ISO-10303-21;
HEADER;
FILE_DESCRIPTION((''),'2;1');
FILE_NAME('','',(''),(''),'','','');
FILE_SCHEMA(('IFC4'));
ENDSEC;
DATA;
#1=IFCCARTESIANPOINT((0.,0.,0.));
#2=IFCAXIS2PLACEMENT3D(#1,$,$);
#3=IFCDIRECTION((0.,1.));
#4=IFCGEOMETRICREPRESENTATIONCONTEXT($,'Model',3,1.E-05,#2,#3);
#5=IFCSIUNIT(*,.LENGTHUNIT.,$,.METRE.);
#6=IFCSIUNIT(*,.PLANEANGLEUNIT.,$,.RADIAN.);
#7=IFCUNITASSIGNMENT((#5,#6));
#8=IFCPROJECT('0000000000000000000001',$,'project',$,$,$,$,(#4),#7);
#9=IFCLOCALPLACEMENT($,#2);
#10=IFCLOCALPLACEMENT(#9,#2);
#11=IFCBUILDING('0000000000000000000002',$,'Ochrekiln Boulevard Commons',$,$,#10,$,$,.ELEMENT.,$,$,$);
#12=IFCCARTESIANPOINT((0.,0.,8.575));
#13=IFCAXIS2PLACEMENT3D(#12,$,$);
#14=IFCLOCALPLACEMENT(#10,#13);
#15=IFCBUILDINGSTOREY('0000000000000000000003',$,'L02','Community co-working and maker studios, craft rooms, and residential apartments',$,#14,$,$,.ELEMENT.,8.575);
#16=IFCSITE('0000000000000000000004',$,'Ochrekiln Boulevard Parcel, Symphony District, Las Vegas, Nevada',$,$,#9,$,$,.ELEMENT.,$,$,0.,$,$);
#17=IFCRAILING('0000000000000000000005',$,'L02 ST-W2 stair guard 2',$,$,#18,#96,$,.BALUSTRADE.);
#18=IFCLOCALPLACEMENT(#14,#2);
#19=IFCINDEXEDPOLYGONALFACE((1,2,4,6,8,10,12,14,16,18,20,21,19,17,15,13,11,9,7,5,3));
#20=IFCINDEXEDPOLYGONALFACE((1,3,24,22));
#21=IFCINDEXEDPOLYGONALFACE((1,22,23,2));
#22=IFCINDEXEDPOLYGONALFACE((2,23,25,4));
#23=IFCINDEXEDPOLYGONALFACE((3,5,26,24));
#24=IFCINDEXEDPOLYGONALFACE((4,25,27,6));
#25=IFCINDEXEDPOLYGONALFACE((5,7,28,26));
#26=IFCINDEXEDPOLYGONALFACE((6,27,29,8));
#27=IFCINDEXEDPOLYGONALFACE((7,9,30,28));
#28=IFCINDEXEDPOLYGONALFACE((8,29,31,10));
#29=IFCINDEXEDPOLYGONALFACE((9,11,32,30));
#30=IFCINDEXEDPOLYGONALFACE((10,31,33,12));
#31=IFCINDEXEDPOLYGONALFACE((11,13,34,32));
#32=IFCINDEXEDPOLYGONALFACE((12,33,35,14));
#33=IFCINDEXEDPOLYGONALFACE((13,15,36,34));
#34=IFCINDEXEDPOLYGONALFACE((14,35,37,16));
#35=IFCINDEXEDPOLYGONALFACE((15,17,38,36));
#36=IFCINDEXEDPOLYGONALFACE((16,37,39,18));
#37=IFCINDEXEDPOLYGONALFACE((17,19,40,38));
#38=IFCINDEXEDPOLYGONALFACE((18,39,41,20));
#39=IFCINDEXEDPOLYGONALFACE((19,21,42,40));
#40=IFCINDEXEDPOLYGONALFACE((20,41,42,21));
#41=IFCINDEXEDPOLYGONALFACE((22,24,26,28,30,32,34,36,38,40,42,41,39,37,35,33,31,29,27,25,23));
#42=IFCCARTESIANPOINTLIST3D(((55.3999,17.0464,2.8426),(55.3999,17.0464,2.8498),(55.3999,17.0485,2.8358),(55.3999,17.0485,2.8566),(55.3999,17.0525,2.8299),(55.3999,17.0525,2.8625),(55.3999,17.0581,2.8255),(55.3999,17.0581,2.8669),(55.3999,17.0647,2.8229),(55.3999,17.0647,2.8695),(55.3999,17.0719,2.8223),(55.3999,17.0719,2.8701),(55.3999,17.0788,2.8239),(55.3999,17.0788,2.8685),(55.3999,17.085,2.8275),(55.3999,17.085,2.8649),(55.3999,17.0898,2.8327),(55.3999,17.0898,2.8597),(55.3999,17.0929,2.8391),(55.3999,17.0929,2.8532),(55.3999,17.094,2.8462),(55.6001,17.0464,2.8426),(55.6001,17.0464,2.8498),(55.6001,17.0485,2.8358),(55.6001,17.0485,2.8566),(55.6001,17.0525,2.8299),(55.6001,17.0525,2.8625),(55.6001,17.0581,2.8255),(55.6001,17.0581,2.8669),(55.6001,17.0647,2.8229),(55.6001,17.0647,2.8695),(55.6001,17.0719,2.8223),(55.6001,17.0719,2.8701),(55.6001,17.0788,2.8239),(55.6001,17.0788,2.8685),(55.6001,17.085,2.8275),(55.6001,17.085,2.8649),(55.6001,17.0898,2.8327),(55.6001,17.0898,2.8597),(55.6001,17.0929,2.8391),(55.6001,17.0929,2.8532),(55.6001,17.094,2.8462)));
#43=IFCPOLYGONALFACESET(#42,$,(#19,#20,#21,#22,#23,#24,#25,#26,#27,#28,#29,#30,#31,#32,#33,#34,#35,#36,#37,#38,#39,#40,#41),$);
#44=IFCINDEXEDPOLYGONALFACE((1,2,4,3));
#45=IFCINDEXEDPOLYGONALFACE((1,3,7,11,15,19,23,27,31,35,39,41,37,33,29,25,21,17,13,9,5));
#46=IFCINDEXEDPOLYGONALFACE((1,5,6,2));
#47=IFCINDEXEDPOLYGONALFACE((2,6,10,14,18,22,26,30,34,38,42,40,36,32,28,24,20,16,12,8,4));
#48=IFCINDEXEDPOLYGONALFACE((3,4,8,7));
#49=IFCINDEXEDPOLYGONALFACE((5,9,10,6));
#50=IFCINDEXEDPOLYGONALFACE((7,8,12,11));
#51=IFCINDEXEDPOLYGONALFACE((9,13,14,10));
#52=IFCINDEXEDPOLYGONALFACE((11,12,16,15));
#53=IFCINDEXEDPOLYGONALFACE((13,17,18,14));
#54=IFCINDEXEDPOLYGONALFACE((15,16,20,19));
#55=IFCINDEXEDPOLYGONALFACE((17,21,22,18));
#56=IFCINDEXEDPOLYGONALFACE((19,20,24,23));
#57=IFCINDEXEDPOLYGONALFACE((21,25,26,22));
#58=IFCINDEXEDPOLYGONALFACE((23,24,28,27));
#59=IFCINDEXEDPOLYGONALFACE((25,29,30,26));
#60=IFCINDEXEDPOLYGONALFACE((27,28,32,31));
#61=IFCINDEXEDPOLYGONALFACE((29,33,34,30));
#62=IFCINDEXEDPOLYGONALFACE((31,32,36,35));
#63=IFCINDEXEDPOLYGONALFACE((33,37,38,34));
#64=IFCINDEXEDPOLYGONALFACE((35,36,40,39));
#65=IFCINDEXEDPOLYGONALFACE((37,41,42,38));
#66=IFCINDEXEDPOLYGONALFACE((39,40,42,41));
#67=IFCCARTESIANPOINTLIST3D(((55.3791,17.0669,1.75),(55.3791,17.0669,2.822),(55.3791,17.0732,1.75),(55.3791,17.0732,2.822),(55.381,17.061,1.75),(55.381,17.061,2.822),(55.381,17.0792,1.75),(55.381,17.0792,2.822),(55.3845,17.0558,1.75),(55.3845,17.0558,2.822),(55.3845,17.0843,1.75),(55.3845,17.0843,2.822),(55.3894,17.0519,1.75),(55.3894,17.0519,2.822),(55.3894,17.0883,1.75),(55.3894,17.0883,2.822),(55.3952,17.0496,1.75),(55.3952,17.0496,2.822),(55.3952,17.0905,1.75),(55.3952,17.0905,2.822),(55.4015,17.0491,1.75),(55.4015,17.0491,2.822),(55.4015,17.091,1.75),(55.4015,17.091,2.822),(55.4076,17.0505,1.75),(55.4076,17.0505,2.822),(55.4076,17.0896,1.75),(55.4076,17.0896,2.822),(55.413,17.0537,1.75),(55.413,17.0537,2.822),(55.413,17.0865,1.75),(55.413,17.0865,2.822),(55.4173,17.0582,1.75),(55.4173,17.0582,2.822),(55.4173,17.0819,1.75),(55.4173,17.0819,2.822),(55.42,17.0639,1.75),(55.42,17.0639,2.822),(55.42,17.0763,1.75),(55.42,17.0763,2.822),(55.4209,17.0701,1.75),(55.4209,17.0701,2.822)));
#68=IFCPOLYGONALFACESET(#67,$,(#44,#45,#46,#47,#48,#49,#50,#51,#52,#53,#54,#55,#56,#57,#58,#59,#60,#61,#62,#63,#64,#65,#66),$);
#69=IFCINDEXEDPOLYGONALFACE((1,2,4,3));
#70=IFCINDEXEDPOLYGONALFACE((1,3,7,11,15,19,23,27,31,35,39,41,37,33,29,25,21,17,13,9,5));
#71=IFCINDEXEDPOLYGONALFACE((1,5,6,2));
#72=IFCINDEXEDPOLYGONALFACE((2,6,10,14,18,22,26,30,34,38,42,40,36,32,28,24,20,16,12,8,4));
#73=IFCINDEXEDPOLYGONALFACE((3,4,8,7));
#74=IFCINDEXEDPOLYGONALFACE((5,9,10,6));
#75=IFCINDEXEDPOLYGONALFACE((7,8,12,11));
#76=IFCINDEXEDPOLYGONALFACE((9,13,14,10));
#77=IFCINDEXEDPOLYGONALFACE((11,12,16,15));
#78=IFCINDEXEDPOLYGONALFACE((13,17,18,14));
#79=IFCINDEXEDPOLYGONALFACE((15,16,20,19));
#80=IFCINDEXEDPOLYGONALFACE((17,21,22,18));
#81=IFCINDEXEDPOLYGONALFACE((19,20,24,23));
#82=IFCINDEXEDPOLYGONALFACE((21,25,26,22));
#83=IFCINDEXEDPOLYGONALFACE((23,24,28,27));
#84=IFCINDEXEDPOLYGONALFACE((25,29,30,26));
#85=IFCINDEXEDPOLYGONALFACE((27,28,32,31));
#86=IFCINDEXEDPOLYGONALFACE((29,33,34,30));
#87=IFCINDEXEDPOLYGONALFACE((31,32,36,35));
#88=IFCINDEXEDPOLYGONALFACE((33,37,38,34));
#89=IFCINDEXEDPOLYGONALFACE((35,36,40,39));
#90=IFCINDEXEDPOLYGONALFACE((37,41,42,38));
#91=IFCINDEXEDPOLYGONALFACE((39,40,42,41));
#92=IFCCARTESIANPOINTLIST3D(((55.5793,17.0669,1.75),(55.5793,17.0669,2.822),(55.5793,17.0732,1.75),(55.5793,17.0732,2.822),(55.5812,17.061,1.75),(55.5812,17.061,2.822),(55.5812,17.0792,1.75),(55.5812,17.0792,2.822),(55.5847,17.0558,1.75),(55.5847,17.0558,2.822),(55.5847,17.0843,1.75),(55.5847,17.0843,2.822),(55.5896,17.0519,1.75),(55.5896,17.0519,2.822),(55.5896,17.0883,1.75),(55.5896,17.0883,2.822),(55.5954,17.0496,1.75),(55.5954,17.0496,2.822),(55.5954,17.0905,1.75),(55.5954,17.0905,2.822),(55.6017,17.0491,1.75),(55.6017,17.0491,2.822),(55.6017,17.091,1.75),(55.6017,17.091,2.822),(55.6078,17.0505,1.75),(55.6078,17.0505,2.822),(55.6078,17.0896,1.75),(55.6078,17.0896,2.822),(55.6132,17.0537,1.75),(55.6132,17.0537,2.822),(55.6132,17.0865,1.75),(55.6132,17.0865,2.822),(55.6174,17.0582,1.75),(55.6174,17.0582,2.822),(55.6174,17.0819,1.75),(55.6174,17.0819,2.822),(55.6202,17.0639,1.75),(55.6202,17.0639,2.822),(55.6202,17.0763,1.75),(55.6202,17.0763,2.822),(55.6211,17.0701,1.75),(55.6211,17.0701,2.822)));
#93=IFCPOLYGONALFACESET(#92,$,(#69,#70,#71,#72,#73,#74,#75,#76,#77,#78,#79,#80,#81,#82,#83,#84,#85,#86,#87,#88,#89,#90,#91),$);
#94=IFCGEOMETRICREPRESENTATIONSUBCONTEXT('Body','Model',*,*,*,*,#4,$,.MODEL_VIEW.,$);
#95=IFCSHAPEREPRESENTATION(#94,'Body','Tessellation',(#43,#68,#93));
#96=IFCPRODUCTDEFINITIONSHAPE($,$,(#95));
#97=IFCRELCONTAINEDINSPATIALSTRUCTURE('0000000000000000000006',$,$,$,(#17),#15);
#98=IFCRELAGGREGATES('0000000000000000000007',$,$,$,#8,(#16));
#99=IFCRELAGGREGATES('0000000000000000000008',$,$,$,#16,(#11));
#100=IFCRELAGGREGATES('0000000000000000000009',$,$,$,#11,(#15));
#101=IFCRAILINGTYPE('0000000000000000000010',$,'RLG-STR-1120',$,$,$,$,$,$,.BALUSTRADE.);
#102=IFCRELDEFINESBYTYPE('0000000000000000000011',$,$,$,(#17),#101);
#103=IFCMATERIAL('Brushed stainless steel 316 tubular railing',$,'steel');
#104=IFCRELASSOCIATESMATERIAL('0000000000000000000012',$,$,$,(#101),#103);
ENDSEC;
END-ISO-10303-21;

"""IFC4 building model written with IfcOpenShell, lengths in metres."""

from ifc_helpers import new_model, si_unit, direction, frame, origin, origin_2d, place, context, subcontext, project, spatial, circle, extrude, material, type_object, element, save


model = new_model("IFC4")

# Units and contexts
model_context = context("Model", 3, precision=1e-05, world=origin(), true_north=direction((0.0, 1.0)))
body_context = subcontext(model_context, "Body", "Model", "MODEL_VIEW")
ifc_project = project(units=[si_unit("LENGTHUNIT", "METRE"), si_unit("PLANEANGLEUNIT", "RADIAN")], contexts=[model_context])

# Site, building, storey
site_placement = place(None, origin())
site = spatial("IfcSite", under=ifc_project, at=site_placement, Name="Ochrekiln Boulevard Parcel, Symphony District, Las Vegas, Nevada", CompositionType="ELEMENT", RefElevation=0.0)
building_placement = place(site_placement, origin())
building = spatial("IfcBuilding", under=site, at=building_placement, Name="Ochrekiln Boulevard Commons", CompositionType="ELEMENT")
storey_placement = place(building_placement, frame((0.0, 0.0, 8.575)))
storey = spatial("IfcBuildingStorey", under=building, at=storey_placement, Name="L02", Description="Community co-working and maker studios, craft rooms, and residential apartments", CompositionType="ELEMENT", Elevation=8.575)

# Railing
ifc_material_1 = material(Name="Brushed stainless steel 316 tubular railing", Category="steel")
railing_type_1 = type_object("IfcRailingType", Name="RLG-STR-1120", PredefinedType="BALUSTRADE", material=ifc_material_1)
railing_1_placement = place(storey_placement, frame((55.3999, 17.0701, 1.75)))
element("IfcRailing", 1, at=railing_1_placement, inside=storey, type_object=railing_type_1, Name="L02 ST-W2 stair guard 2", PredefinedType="BALUSTRADE", context=body_context, shape_type="SweptSolid", body=[
    extrude(circle(Radius=0.0239, at=origin_2d()), frame((0.0, 0.0, 1.0962), z_axis=(1.0, 0.0, 0.0), x_axis=(0.0, 1.0, 0.0)), (0.0, 0.0, 1.0), 0.2002),
    extrude(circle(Radius=0.021, at=origin_2d()), origin(), (0.0, 0.0, 1.0), 1.072),
    extrude(circle(Radius=0.021, at=origin_2d()), frame((0.2002, 0.0, 0.0)), (0.0, 0.0, 1.0), 1.072),
])

save(model, "model.ifc")
